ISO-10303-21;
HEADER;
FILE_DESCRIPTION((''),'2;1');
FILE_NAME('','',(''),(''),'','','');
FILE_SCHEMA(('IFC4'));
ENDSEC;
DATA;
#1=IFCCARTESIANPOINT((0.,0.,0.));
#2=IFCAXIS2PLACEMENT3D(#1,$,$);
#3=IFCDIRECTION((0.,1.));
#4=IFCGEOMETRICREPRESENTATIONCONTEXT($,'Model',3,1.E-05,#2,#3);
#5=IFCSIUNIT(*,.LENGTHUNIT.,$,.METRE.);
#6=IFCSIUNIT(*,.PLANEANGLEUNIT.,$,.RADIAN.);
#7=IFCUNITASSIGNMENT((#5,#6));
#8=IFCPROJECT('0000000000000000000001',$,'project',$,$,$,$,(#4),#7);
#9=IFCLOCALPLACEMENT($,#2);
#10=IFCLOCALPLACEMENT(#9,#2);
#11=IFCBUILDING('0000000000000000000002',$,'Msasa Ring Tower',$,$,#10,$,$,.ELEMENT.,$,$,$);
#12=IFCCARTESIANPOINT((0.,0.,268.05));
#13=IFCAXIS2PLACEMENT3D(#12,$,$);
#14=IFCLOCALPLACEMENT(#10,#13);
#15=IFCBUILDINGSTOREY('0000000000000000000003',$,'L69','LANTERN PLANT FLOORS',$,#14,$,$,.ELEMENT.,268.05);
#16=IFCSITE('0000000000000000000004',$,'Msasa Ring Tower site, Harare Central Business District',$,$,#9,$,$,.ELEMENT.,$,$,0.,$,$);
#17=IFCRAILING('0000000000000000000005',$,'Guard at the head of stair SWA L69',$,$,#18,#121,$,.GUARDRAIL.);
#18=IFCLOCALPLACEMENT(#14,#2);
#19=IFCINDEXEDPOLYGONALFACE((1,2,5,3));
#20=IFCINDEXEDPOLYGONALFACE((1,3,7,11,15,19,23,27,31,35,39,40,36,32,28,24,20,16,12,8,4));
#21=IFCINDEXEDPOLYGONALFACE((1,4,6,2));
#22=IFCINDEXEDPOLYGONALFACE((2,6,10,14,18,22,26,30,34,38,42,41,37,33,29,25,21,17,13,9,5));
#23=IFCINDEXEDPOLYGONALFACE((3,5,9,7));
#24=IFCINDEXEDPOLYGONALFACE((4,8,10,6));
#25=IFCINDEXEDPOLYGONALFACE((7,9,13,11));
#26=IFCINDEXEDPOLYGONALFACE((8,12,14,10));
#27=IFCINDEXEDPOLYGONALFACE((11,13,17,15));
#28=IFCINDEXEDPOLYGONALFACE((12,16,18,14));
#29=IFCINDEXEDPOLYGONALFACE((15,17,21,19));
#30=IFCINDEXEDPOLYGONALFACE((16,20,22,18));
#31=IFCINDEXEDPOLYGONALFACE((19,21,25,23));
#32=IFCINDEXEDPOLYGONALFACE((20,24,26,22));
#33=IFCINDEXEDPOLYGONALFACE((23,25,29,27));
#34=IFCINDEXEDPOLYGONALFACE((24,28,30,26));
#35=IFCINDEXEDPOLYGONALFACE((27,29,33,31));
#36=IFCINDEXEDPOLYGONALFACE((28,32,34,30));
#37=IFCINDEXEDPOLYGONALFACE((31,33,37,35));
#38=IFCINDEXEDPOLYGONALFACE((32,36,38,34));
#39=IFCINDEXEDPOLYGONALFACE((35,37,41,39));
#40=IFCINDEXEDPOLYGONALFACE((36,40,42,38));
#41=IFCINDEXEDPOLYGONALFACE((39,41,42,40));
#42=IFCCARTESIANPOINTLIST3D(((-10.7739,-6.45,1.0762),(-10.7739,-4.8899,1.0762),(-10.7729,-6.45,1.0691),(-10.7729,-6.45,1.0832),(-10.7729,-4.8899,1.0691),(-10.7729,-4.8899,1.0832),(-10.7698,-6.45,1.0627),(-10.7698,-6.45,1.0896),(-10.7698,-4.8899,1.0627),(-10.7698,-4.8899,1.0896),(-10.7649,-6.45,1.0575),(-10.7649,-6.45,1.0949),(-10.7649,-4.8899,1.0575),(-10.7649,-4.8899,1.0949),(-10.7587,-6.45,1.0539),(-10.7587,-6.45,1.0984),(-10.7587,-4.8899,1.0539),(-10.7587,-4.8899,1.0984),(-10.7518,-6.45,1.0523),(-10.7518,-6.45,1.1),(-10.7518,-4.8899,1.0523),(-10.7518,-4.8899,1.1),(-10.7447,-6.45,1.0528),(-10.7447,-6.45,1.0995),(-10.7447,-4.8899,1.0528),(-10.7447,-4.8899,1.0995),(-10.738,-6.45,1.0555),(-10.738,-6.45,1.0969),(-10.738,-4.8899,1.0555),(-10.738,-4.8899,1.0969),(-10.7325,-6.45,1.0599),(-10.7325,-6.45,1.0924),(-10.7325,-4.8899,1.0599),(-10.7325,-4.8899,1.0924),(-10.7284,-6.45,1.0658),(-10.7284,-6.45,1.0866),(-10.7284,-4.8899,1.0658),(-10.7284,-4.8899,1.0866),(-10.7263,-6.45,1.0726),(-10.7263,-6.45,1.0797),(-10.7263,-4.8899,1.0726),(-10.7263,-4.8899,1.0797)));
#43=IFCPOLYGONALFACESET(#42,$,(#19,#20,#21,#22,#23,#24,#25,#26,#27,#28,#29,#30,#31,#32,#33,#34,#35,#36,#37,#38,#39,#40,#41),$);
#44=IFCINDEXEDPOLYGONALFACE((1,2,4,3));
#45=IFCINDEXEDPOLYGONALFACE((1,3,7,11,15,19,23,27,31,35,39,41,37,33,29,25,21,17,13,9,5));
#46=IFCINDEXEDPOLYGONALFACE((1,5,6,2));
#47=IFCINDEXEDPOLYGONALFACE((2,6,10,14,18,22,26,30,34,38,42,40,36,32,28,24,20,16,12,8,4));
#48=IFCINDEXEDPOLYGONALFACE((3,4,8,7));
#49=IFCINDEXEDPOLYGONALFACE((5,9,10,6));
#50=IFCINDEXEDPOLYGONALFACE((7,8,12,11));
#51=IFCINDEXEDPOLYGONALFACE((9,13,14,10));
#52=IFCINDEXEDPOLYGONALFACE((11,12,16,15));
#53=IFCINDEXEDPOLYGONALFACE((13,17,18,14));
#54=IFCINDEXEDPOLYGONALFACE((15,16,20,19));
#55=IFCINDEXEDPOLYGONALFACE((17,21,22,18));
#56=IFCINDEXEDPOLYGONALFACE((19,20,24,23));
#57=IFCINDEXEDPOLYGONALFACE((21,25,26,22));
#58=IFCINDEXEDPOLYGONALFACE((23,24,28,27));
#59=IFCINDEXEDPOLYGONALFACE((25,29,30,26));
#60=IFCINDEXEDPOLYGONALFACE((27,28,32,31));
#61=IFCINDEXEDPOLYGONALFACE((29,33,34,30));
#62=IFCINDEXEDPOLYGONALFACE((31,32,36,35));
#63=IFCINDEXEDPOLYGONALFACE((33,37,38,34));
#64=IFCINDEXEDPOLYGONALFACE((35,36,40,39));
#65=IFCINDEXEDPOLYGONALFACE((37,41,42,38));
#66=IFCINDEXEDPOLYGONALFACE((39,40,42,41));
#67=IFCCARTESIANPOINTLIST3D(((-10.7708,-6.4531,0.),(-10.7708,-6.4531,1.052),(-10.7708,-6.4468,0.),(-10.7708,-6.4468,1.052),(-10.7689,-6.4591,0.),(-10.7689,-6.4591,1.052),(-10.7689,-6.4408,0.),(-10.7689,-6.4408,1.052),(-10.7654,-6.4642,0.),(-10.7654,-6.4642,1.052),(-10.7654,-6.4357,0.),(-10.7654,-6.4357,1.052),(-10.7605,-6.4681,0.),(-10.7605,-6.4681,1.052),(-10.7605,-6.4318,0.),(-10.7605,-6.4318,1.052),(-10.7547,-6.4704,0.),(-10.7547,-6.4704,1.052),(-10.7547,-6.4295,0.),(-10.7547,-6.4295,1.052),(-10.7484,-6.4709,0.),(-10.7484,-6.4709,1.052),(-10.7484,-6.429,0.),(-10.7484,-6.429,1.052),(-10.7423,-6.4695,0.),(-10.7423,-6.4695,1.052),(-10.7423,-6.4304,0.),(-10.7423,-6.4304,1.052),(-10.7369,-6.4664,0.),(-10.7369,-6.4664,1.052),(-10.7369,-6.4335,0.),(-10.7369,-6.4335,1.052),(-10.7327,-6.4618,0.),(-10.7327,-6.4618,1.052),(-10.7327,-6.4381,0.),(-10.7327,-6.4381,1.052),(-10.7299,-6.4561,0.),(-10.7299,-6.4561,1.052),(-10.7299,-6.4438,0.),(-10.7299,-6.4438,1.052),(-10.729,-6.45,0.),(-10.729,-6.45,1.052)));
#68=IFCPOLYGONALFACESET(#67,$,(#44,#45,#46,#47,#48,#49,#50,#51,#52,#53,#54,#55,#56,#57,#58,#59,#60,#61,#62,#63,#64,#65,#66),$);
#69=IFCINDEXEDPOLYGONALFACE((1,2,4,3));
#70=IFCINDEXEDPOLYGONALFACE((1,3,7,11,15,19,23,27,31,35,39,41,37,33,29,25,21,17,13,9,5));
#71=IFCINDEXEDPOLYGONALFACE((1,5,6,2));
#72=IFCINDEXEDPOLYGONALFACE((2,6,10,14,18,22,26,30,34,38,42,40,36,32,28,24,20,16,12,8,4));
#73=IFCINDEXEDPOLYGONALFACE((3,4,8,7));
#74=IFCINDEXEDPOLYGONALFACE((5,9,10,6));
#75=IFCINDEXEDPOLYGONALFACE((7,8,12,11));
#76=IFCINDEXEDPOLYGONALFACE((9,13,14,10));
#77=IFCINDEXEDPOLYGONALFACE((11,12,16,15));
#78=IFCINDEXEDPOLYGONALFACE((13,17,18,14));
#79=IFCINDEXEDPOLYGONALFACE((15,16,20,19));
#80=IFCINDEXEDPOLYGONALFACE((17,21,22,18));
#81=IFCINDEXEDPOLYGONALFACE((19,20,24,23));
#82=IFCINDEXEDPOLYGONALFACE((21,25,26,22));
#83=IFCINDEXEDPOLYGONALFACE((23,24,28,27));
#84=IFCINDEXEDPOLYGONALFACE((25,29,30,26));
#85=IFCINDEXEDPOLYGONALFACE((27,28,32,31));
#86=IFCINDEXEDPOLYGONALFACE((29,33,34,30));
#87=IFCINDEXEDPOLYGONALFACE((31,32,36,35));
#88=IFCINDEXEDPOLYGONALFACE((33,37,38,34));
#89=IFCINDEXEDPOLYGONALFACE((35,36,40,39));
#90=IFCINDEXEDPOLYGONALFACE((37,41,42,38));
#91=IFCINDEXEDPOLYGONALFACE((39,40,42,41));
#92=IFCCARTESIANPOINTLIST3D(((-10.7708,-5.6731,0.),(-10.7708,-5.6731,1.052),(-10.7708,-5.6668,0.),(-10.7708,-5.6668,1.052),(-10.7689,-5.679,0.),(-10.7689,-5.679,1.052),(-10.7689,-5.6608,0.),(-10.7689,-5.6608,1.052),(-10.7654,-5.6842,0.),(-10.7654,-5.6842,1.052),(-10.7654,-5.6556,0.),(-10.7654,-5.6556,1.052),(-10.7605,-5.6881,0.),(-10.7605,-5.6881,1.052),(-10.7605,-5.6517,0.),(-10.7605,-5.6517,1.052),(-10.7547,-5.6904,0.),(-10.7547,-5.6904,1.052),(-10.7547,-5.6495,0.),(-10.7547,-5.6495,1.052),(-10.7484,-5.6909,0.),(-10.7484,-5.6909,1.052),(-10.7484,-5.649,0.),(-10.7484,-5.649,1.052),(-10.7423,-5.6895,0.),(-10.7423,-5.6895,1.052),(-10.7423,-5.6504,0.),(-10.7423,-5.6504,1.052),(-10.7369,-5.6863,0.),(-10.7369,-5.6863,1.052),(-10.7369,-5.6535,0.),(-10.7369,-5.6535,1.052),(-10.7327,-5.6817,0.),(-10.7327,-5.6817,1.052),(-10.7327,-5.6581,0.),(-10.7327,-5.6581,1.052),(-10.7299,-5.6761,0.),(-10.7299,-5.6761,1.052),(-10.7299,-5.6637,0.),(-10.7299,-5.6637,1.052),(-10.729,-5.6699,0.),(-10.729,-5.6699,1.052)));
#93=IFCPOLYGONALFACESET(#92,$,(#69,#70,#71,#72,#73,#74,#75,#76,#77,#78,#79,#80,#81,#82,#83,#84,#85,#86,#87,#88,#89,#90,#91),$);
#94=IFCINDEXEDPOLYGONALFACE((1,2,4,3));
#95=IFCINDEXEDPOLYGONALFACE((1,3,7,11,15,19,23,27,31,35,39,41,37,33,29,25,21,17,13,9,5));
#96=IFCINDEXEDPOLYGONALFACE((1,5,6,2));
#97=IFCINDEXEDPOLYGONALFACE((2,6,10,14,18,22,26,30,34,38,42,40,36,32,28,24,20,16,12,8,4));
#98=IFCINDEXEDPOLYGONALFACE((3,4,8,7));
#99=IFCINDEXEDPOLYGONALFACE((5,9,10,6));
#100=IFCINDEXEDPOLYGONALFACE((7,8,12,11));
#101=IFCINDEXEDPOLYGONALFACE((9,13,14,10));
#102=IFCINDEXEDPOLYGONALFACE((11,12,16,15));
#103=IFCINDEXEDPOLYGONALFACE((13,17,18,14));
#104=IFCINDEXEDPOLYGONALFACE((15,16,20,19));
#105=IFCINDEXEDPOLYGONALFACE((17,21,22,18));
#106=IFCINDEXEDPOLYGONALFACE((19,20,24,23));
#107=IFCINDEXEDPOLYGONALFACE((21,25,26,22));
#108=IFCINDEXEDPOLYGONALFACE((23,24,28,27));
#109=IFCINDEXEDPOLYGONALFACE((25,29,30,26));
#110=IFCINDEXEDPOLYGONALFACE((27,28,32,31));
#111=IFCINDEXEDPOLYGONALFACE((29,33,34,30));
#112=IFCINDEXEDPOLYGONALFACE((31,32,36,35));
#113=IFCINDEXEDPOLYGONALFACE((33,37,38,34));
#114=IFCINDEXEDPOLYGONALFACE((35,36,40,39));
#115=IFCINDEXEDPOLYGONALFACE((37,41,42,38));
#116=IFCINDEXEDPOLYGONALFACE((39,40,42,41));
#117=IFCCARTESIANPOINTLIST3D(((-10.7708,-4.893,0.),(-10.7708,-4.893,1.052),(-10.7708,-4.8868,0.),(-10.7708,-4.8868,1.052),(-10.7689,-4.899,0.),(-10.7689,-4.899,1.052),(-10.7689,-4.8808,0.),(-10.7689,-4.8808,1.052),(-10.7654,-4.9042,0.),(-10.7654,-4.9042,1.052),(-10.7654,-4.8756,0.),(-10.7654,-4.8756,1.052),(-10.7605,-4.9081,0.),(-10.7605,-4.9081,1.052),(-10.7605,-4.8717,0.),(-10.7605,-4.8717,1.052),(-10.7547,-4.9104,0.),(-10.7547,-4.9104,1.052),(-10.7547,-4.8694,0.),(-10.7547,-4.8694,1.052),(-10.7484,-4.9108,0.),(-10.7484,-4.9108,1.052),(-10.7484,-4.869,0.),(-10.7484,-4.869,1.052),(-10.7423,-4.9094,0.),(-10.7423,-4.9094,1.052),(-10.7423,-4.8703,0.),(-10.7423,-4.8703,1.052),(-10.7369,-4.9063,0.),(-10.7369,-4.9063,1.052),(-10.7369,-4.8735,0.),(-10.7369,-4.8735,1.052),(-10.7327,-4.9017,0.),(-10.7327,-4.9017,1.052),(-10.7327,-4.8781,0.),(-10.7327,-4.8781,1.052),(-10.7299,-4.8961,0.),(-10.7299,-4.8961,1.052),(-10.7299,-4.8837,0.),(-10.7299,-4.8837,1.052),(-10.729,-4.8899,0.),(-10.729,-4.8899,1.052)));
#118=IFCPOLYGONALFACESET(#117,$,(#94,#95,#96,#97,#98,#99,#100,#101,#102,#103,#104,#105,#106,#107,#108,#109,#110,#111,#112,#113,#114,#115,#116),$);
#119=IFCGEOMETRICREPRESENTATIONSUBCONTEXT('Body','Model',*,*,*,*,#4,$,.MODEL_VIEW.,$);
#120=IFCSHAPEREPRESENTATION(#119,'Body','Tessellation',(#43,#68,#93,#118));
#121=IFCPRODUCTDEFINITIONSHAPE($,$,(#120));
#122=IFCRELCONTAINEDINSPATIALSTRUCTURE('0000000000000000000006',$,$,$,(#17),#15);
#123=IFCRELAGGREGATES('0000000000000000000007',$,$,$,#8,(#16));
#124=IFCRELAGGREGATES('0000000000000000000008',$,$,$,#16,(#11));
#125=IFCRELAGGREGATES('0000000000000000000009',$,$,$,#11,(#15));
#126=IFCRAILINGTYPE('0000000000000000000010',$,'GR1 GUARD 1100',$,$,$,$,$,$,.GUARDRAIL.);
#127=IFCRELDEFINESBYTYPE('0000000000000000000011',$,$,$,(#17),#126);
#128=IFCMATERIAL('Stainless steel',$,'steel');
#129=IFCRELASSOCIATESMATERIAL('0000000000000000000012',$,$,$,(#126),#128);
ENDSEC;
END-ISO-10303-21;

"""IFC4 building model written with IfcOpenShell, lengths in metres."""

from ifc_helpers import new_model, si_unit, direction, frame, origin, origin_2d, place, context, subcontext, project, spatial, circle, extrude, material, type_object, element, save


model = new_model("IFC4")

# Units and contexts
model_context = context("Model", 3, precision=1e-05, world=origin(), true_north=direction((0.0, 1.0)))
body_context = subcontext(model_context, "Body", "Model", "MODEL_VIEW")
ifc_project = project(units=[si_unit("LENGTHUNIT", "METRE"), si_unit("PLANEANGLEUNIT", "RADIAN")], contexts=[model_context])

# Site, building, storey
site_placement = place(None, origin())
site = spatial("IfcSite", under=ifc_project, at=site_placement, Name="Msasa Ring Tower site, Harare Central Business District", CompositionType="ELEMENT", RefElevation=0.0)
building_placement = place(site_placement, origin())
building = spatial("IfcBuilding", under=site, at=building_placement, Name="Msasa Ring Tower", CompositionType="ELEMENT")
storey_placement = place(building_placement, frame((0.0, 0.0, 268.05)))
storey = spatial("IfcBuildingStorey", under=building, at=storey_placement, Name="L69", Description="LANTERN PLANT FLOORS", CompositionType="ELEMENT", Elevation=268.05)

# Railing
ifc_material_1 = material(Name="Stainless steel", Category="steel")
railing_type = type_object("IfcRailingType", Name="GR1 GUARD 1100", PredefinedType="GUARDRAIL", material=ifc_material_1)
railing_placement = place(storey_placement, frame((-10.75, -6.45, 0.0)))
element("IfcRailing", 1, at=railing_placement, inside=storey, type_object=railing_type, Name="Guard at the head of stair SWA L69", PredefinedType="GUARDRAIL", context=body_context, shape_type="SweptSolid", body=[
    extrude(circle(Radius=0.0239, at=origin_2d()), frame((0.0, 0.0, 1.0762), z_axis=(0.0, 1.0, 0.0), x_axis=(-1.0, 0.0, 0.0)), (0.0, 0.0, 1.0), 1.5601),
    extrude(circle(Radius=0.021, at=origin_2d()), origin(), (0.0, 0.0, 1.0), 1.052),
    extrude(circle(Radius=0.021, at=origin_2d()), frame((0.0, 0.78, 0.0)), (0.0, 0.0, 1.0), 1.052),
    extrude(circle(Radius=0.021, at=origin_2d()), frame((0.0, 1.5601, 0.0)), (0.0, 0.0, 1.0), 1.052),
])

save(model, "model.ifc")
